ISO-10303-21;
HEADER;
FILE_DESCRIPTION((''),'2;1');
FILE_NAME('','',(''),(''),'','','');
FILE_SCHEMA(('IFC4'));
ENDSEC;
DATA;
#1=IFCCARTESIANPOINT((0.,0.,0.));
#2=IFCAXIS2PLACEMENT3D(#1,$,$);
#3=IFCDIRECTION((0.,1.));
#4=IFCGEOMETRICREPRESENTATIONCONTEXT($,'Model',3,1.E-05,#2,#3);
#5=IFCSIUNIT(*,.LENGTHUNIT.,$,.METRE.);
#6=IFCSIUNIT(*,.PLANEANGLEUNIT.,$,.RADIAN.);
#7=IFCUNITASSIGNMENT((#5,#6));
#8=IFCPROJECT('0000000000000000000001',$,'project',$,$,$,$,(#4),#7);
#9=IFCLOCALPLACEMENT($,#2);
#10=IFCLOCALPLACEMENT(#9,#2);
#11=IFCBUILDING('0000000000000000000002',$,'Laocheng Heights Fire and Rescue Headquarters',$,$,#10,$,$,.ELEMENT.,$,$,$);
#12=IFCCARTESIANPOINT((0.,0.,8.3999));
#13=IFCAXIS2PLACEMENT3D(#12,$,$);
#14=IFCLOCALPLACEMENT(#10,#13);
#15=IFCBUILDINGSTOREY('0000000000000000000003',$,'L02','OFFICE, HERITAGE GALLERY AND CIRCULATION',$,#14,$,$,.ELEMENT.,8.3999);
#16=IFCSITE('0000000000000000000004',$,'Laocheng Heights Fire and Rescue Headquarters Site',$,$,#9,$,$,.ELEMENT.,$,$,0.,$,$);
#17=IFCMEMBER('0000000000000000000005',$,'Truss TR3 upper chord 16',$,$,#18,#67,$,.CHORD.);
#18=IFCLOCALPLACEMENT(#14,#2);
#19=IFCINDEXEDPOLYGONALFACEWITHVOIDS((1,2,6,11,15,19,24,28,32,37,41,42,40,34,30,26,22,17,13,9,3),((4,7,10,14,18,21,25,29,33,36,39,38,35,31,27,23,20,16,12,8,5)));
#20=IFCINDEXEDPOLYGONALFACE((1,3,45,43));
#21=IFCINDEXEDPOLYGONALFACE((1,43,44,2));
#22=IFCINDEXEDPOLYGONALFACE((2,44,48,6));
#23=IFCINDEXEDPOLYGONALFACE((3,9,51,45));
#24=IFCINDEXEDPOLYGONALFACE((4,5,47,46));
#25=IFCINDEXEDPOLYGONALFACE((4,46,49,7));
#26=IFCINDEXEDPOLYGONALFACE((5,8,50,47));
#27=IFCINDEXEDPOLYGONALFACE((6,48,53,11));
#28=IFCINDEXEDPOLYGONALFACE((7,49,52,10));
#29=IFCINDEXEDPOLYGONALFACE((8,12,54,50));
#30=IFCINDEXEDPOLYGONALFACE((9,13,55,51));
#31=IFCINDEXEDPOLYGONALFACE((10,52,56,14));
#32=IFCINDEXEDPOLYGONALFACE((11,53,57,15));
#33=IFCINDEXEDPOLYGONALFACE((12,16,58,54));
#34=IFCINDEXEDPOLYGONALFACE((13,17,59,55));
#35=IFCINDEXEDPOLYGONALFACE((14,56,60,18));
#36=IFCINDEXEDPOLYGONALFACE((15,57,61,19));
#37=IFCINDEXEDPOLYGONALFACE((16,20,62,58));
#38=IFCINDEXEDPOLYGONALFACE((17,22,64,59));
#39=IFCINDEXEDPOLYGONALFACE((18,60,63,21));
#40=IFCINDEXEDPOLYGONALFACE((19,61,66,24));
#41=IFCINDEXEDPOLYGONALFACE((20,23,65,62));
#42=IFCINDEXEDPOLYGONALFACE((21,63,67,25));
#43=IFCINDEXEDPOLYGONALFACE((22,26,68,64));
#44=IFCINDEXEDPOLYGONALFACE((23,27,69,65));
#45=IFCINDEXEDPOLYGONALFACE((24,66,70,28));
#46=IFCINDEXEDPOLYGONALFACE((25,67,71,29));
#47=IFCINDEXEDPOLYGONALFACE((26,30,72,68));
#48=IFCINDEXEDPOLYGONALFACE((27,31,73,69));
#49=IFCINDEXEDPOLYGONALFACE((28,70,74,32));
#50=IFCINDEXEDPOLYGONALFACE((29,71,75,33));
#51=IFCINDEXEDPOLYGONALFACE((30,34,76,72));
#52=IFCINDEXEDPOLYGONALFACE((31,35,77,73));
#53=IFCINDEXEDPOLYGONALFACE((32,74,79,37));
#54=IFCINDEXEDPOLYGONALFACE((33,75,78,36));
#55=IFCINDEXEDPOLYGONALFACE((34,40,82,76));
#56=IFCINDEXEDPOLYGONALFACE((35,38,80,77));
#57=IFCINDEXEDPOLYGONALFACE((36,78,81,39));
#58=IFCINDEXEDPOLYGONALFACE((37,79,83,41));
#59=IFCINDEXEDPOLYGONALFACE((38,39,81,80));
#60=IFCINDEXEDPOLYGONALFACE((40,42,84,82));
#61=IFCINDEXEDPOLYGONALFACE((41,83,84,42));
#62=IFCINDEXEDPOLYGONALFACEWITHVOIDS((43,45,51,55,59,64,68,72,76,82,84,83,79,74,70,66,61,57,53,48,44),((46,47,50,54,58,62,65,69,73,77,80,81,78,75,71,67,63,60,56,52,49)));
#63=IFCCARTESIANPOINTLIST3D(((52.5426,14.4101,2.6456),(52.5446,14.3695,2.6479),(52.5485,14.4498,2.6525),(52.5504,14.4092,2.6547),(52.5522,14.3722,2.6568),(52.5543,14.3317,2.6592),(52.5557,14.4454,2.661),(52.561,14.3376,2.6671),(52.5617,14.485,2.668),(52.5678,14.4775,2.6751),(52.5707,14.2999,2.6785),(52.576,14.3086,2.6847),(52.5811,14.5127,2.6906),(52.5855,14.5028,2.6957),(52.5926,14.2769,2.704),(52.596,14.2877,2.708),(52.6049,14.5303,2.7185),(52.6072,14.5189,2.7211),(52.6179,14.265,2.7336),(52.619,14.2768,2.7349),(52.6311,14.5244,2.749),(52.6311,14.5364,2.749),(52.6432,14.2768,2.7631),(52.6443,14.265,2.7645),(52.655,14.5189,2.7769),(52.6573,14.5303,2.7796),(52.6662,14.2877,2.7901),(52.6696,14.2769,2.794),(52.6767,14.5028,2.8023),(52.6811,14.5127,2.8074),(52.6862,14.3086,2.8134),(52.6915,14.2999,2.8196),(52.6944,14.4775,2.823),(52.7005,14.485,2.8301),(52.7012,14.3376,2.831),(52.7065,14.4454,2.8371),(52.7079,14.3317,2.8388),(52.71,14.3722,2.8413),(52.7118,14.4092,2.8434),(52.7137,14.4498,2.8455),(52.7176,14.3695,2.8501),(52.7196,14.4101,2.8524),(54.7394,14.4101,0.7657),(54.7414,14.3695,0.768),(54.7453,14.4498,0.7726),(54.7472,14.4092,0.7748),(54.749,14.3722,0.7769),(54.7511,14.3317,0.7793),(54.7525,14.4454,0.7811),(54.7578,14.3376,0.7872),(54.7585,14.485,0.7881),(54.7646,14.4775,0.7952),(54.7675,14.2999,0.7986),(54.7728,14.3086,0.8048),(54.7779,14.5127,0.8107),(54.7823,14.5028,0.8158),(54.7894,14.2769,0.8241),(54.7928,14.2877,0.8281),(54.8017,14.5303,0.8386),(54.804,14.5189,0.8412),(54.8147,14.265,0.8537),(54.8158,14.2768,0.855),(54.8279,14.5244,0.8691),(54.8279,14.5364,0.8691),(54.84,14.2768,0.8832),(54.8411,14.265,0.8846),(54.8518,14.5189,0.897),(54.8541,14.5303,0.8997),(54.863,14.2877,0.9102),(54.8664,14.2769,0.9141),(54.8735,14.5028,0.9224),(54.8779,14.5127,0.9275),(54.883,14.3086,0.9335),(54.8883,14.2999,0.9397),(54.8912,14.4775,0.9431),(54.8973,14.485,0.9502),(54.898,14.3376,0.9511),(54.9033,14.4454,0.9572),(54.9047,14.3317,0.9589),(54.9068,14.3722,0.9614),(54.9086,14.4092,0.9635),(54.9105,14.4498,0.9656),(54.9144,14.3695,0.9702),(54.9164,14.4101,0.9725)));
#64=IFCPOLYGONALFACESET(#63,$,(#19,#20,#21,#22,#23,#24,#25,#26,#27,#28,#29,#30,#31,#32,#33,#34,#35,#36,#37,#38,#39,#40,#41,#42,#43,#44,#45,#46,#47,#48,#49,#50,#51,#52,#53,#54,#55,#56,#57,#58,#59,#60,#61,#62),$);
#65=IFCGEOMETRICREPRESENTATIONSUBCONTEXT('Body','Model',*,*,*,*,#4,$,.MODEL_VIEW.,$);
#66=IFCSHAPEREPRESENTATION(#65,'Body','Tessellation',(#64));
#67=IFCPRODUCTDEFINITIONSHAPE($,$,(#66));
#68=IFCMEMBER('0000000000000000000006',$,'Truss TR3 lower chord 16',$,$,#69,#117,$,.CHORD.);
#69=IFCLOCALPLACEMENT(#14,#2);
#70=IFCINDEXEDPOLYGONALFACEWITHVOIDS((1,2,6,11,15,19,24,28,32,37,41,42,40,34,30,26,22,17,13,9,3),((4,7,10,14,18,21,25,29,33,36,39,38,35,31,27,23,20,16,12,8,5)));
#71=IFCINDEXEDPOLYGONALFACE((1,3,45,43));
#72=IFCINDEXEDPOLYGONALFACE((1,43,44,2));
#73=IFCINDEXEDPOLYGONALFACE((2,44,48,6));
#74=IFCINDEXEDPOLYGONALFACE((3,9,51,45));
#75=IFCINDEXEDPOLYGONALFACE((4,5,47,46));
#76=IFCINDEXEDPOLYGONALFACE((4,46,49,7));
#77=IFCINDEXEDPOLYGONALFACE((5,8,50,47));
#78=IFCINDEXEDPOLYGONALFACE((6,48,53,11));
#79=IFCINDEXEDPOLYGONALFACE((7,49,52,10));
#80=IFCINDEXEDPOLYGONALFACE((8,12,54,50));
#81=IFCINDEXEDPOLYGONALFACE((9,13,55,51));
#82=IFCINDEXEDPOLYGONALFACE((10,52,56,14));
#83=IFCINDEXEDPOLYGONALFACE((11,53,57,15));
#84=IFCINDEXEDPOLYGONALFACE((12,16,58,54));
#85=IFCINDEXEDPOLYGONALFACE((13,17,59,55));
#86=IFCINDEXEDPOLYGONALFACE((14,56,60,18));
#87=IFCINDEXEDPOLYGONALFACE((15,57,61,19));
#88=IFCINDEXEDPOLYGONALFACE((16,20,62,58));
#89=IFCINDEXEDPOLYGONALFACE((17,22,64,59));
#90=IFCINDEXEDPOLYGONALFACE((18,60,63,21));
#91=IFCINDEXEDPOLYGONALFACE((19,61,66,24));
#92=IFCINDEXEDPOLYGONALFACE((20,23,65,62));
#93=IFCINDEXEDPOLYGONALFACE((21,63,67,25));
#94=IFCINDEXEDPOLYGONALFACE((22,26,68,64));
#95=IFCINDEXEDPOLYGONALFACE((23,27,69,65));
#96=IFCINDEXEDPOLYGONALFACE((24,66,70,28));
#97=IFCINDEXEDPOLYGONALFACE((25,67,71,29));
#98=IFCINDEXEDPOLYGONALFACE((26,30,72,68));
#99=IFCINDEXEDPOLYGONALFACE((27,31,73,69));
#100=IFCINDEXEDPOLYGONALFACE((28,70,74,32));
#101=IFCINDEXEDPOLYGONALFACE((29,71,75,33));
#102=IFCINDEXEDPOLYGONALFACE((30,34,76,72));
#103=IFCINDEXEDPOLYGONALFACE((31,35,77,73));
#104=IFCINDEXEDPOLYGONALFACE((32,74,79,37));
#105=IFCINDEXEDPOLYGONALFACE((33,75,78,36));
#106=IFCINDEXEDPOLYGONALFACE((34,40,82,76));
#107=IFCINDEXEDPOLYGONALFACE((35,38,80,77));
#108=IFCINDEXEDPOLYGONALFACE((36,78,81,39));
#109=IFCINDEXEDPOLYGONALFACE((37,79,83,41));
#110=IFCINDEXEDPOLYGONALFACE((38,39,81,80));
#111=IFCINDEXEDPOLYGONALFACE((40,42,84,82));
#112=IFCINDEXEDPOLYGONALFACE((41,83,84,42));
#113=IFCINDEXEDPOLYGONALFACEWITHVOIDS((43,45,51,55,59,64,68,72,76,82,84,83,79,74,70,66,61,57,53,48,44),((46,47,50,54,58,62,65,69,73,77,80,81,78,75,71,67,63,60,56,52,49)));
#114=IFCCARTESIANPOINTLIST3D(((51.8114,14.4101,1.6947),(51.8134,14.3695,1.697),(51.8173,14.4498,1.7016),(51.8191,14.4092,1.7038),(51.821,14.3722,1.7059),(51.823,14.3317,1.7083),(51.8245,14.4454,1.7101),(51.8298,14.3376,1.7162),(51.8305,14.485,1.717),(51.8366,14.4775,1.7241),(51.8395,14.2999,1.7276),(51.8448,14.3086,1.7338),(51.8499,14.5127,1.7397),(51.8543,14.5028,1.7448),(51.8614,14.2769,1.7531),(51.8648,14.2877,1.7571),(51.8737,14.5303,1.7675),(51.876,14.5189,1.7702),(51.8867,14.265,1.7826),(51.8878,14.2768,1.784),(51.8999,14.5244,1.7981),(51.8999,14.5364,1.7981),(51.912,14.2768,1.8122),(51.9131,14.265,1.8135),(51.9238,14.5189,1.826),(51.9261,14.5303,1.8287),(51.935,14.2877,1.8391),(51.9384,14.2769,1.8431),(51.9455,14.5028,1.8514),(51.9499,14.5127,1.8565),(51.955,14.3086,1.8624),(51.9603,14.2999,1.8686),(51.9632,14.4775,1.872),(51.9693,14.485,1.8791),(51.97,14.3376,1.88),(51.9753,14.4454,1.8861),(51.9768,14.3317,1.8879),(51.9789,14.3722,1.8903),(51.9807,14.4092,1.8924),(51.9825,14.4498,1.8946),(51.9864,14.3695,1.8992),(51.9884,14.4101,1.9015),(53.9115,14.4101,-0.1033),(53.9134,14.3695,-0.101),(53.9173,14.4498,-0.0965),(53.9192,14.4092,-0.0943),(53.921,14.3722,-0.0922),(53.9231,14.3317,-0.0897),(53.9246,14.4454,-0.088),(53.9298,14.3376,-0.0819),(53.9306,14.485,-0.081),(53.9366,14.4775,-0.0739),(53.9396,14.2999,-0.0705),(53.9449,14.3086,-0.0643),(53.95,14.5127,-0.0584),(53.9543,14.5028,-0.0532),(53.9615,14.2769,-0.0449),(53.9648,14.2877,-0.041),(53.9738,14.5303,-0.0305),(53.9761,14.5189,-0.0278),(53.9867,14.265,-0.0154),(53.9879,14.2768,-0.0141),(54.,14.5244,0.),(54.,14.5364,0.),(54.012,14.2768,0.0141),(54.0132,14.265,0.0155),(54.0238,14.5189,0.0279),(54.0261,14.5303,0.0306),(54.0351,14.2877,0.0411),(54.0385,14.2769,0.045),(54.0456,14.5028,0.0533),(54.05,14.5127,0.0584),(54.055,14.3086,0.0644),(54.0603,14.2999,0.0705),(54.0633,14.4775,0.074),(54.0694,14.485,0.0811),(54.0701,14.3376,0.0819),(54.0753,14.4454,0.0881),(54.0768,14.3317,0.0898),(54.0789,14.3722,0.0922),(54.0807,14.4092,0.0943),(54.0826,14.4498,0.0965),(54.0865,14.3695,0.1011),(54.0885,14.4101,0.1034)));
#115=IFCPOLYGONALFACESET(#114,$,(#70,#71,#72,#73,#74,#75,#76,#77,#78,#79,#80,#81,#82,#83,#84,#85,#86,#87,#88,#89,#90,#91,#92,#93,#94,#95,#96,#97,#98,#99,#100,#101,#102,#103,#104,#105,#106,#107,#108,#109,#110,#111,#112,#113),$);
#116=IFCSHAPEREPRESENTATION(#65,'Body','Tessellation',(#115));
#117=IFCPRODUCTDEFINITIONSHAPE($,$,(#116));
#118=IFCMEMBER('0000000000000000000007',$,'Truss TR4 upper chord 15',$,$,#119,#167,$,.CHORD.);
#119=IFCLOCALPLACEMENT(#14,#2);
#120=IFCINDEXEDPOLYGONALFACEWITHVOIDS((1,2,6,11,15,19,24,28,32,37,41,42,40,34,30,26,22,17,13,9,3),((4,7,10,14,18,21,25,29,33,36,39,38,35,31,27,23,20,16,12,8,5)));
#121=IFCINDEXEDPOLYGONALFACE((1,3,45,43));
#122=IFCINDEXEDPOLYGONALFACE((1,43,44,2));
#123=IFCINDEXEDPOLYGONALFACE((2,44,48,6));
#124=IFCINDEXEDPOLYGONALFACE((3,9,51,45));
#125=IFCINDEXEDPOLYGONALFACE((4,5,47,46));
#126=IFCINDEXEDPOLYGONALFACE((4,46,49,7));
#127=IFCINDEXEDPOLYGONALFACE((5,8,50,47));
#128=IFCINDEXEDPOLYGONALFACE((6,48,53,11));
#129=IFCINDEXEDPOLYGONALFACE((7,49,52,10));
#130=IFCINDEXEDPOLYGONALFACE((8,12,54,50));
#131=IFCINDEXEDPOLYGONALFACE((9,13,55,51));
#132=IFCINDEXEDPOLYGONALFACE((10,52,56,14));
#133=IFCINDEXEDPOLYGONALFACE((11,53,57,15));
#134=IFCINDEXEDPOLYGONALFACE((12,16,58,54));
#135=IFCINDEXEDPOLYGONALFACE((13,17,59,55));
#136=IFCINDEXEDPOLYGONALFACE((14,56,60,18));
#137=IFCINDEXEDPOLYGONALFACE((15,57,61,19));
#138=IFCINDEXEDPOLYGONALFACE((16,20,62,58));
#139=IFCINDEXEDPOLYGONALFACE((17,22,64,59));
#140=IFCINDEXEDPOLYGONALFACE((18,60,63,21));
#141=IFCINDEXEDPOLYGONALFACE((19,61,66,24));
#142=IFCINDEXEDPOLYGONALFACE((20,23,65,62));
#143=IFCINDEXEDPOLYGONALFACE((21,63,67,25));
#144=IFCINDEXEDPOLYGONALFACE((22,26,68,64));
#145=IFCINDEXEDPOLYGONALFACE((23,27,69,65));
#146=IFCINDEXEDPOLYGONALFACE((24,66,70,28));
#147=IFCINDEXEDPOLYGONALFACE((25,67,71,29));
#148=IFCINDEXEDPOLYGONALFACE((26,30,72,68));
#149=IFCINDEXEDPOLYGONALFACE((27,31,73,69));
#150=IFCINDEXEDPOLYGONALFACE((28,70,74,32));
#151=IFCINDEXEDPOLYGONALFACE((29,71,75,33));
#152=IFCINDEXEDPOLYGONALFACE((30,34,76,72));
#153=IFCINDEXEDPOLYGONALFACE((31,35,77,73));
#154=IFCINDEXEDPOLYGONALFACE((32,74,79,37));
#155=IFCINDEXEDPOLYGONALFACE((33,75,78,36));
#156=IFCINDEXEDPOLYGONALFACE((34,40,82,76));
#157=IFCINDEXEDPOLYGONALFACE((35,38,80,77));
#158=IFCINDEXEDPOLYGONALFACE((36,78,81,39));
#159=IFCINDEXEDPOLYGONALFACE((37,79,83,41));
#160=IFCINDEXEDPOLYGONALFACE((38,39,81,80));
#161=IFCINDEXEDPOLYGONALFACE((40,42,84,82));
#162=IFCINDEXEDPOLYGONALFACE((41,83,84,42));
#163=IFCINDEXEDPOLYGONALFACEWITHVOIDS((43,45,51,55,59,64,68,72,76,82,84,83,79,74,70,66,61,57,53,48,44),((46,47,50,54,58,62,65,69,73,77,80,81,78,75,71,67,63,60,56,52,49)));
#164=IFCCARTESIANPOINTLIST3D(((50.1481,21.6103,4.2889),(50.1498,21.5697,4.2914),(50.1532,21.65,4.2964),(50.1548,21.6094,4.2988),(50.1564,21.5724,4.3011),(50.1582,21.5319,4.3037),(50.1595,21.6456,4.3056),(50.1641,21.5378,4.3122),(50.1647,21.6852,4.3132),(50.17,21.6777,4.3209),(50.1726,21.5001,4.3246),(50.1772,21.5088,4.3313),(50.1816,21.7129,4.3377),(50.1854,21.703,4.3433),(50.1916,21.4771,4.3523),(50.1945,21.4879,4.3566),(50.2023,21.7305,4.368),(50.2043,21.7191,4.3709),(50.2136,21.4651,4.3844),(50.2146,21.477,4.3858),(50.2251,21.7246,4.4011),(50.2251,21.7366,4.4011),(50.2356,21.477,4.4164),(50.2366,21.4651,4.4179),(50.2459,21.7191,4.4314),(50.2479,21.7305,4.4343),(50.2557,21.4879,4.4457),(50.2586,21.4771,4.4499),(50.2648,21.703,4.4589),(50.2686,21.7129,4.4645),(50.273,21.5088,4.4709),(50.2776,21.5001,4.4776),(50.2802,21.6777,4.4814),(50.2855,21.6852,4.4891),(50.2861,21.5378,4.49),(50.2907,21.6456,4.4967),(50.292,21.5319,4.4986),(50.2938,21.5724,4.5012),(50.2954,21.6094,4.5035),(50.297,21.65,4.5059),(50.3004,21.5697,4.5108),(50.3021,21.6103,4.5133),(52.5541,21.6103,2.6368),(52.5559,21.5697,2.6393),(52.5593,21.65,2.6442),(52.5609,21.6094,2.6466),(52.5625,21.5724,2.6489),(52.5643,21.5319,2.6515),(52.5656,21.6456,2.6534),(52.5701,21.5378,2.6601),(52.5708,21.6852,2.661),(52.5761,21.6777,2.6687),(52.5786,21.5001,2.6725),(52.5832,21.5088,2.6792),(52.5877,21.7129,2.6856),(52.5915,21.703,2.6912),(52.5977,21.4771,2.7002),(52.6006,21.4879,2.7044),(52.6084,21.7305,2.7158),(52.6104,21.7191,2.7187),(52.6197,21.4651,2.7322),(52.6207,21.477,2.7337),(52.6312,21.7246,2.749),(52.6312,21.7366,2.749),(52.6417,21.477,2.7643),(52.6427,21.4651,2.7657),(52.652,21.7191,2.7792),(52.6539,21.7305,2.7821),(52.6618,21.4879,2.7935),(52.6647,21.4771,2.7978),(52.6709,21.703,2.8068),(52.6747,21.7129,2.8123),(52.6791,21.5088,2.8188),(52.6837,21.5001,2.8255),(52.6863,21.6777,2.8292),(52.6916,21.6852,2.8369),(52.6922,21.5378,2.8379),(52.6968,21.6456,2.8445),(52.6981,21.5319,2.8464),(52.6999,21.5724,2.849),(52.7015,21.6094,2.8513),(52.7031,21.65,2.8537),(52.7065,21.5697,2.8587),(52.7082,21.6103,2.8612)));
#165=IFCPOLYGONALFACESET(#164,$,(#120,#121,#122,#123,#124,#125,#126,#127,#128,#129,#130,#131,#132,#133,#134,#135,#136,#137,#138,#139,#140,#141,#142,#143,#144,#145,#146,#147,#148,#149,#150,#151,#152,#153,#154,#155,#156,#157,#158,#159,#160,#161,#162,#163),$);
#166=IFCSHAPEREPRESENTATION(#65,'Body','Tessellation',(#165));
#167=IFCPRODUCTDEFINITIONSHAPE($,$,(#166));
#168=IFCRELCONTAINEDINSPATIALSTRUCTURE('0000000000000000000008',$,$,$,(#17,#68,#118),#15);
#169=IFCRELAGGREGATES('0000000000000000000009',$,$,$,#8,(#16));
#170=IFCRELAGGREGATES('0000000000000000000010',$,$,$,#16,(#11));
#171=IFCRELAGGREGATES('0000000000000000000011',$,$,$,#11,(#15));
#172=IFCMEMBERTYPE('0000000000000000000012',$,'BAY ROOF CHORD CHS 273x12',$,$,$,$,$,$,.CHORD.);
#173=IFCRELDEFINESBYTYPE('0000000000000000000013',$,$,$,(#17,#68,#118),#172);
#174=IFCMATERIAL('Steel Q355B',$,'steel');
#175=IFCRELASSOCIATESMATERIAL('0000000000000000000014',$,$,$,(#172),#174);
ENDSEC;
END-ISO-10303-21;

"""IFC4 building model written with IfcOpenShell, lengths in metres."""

from ifc_helpers import new_model, si_unit, direction, frame, origin, origin_2d, place, context, subcontext, project, spatial, hollow_circle, extrude, material, material_profile, profile_set, type_object, element, save


model = new_model("IFC4")

# Units and contexts
model_context = context("Model", 3, precision=1e-05, world=origin(), true_north=direction((0.0, 1.0)))
body_context = subcontext(model_context, "Body", "Model", "MODEL_VIEW")
ifc_project = project(units=[si_unit("LENGTHUNIT", "METRE"), si_unit("PLANEANGLEUNIT", "RADIAN")], contexts=[model_context])

# Site, building, storey
site_placement = place(None, origin())
site = spatial("IfcSite", under=ifc_project, at=site_placement, Name="Laocheng Heights Fire and Rescue Headquarters Site", CompositionType="ELEMENT", RefElevation=0.0)
building_placement = place(site_placement, origin())
building = spatial("IfcBuilding", under=site, at=building_placement, Name="Laocheng Heights Fire and Rescue Headquarters", CompositionType="ELEMENT")
storey_placement = place(building_placement, frame((0.0, 0.0, 8.3999)))
storey = spatial("IfcBuildingStorey", under=building, at=storey_placement, Name="L02", Description="OFFICE, HERITAGE GALLERY AND CIRCULATION", CompositionType="ELEMENT", Elevation=8.3999)

# Members
ifc_material_1 = material(Name="Steel Q355B", Category="steel")
ifc_material_profile_1 = material_profile(ifc_material_1, hollow_circle(Radius=0.1365, WallThickness=0.012, at=origin_2d()), Name="CHS 273x12")
ifc_profile_set_1 = profile_set([ifc_material_profile_1], Name="Steel Q355B")
member_type_1 = type_object("IfcMemberType", Name="BAY ROOF CHORD CHS 273x12", PredefinedType="CHORD", material=ifc_profile_set_1)
member_1_placement = place(storey_placement, frame((52.6311, 14.3999, 2.749), z_axis=(0.759781, 0.0, -0.650179), x_axis=(0.0, 1.0, 0.0)))
element("IfcMember", 1, at=member_1_placement, inside=storey, type_object=member_type_1, Name="Truss TR3 upper chord 16", PredefinedType="CHORD", context=body_context, shape_type="SweptSolid", body=[
    extrude(hollow_circle(Radius=0.1365, WallThickness=0.012, at=origin_2d()), origin(), (0.0, 0.0, 1.0), 2.8914),
])
member_2_placement = place(storey_placement, frame((51.8999, 14.3999, 1.7981), z_axis=(0.759612, 0.0, -0.650377), x_axis=(0.0, 1.0, 0.0)))
element("IfcMember", 2, at=member_2_placement, inside=storey, type_object=member_type_1, Name="Truss TR3 lower chord 16", PredefinedType="CHORD", context=body_context, shape_type="SweptSolid", body=[
    extrude(hollow_circle(Radius=0.1365, WallThickness=0.012, at=origin_2d()), origin(), (0.0, 0.0, 1.0), 2.7646),
])
member_3_placement = place(storey_placement, frame((50.2251, 21.6001, 4.4011), z_axis=(0.824366, 0.0, -0.566057), x_axis=(0.0, 1.0, 0.0)))
element("IfcMember", 3, at=member_3_placement, inside=storey, type_object=member_type_1, Name="Truss TR4 upper chord 15", PredefinedType="CHORD", context=body_context, shape_type="SweptSolid", body=[
    extrude(hollow_circle(Radius=0.1365, WallThickness=0.012, at=origin_2d()), origin(), (0.0, 0.0, 1.0), 2.9187),
])

save(model, "model.ifc")
